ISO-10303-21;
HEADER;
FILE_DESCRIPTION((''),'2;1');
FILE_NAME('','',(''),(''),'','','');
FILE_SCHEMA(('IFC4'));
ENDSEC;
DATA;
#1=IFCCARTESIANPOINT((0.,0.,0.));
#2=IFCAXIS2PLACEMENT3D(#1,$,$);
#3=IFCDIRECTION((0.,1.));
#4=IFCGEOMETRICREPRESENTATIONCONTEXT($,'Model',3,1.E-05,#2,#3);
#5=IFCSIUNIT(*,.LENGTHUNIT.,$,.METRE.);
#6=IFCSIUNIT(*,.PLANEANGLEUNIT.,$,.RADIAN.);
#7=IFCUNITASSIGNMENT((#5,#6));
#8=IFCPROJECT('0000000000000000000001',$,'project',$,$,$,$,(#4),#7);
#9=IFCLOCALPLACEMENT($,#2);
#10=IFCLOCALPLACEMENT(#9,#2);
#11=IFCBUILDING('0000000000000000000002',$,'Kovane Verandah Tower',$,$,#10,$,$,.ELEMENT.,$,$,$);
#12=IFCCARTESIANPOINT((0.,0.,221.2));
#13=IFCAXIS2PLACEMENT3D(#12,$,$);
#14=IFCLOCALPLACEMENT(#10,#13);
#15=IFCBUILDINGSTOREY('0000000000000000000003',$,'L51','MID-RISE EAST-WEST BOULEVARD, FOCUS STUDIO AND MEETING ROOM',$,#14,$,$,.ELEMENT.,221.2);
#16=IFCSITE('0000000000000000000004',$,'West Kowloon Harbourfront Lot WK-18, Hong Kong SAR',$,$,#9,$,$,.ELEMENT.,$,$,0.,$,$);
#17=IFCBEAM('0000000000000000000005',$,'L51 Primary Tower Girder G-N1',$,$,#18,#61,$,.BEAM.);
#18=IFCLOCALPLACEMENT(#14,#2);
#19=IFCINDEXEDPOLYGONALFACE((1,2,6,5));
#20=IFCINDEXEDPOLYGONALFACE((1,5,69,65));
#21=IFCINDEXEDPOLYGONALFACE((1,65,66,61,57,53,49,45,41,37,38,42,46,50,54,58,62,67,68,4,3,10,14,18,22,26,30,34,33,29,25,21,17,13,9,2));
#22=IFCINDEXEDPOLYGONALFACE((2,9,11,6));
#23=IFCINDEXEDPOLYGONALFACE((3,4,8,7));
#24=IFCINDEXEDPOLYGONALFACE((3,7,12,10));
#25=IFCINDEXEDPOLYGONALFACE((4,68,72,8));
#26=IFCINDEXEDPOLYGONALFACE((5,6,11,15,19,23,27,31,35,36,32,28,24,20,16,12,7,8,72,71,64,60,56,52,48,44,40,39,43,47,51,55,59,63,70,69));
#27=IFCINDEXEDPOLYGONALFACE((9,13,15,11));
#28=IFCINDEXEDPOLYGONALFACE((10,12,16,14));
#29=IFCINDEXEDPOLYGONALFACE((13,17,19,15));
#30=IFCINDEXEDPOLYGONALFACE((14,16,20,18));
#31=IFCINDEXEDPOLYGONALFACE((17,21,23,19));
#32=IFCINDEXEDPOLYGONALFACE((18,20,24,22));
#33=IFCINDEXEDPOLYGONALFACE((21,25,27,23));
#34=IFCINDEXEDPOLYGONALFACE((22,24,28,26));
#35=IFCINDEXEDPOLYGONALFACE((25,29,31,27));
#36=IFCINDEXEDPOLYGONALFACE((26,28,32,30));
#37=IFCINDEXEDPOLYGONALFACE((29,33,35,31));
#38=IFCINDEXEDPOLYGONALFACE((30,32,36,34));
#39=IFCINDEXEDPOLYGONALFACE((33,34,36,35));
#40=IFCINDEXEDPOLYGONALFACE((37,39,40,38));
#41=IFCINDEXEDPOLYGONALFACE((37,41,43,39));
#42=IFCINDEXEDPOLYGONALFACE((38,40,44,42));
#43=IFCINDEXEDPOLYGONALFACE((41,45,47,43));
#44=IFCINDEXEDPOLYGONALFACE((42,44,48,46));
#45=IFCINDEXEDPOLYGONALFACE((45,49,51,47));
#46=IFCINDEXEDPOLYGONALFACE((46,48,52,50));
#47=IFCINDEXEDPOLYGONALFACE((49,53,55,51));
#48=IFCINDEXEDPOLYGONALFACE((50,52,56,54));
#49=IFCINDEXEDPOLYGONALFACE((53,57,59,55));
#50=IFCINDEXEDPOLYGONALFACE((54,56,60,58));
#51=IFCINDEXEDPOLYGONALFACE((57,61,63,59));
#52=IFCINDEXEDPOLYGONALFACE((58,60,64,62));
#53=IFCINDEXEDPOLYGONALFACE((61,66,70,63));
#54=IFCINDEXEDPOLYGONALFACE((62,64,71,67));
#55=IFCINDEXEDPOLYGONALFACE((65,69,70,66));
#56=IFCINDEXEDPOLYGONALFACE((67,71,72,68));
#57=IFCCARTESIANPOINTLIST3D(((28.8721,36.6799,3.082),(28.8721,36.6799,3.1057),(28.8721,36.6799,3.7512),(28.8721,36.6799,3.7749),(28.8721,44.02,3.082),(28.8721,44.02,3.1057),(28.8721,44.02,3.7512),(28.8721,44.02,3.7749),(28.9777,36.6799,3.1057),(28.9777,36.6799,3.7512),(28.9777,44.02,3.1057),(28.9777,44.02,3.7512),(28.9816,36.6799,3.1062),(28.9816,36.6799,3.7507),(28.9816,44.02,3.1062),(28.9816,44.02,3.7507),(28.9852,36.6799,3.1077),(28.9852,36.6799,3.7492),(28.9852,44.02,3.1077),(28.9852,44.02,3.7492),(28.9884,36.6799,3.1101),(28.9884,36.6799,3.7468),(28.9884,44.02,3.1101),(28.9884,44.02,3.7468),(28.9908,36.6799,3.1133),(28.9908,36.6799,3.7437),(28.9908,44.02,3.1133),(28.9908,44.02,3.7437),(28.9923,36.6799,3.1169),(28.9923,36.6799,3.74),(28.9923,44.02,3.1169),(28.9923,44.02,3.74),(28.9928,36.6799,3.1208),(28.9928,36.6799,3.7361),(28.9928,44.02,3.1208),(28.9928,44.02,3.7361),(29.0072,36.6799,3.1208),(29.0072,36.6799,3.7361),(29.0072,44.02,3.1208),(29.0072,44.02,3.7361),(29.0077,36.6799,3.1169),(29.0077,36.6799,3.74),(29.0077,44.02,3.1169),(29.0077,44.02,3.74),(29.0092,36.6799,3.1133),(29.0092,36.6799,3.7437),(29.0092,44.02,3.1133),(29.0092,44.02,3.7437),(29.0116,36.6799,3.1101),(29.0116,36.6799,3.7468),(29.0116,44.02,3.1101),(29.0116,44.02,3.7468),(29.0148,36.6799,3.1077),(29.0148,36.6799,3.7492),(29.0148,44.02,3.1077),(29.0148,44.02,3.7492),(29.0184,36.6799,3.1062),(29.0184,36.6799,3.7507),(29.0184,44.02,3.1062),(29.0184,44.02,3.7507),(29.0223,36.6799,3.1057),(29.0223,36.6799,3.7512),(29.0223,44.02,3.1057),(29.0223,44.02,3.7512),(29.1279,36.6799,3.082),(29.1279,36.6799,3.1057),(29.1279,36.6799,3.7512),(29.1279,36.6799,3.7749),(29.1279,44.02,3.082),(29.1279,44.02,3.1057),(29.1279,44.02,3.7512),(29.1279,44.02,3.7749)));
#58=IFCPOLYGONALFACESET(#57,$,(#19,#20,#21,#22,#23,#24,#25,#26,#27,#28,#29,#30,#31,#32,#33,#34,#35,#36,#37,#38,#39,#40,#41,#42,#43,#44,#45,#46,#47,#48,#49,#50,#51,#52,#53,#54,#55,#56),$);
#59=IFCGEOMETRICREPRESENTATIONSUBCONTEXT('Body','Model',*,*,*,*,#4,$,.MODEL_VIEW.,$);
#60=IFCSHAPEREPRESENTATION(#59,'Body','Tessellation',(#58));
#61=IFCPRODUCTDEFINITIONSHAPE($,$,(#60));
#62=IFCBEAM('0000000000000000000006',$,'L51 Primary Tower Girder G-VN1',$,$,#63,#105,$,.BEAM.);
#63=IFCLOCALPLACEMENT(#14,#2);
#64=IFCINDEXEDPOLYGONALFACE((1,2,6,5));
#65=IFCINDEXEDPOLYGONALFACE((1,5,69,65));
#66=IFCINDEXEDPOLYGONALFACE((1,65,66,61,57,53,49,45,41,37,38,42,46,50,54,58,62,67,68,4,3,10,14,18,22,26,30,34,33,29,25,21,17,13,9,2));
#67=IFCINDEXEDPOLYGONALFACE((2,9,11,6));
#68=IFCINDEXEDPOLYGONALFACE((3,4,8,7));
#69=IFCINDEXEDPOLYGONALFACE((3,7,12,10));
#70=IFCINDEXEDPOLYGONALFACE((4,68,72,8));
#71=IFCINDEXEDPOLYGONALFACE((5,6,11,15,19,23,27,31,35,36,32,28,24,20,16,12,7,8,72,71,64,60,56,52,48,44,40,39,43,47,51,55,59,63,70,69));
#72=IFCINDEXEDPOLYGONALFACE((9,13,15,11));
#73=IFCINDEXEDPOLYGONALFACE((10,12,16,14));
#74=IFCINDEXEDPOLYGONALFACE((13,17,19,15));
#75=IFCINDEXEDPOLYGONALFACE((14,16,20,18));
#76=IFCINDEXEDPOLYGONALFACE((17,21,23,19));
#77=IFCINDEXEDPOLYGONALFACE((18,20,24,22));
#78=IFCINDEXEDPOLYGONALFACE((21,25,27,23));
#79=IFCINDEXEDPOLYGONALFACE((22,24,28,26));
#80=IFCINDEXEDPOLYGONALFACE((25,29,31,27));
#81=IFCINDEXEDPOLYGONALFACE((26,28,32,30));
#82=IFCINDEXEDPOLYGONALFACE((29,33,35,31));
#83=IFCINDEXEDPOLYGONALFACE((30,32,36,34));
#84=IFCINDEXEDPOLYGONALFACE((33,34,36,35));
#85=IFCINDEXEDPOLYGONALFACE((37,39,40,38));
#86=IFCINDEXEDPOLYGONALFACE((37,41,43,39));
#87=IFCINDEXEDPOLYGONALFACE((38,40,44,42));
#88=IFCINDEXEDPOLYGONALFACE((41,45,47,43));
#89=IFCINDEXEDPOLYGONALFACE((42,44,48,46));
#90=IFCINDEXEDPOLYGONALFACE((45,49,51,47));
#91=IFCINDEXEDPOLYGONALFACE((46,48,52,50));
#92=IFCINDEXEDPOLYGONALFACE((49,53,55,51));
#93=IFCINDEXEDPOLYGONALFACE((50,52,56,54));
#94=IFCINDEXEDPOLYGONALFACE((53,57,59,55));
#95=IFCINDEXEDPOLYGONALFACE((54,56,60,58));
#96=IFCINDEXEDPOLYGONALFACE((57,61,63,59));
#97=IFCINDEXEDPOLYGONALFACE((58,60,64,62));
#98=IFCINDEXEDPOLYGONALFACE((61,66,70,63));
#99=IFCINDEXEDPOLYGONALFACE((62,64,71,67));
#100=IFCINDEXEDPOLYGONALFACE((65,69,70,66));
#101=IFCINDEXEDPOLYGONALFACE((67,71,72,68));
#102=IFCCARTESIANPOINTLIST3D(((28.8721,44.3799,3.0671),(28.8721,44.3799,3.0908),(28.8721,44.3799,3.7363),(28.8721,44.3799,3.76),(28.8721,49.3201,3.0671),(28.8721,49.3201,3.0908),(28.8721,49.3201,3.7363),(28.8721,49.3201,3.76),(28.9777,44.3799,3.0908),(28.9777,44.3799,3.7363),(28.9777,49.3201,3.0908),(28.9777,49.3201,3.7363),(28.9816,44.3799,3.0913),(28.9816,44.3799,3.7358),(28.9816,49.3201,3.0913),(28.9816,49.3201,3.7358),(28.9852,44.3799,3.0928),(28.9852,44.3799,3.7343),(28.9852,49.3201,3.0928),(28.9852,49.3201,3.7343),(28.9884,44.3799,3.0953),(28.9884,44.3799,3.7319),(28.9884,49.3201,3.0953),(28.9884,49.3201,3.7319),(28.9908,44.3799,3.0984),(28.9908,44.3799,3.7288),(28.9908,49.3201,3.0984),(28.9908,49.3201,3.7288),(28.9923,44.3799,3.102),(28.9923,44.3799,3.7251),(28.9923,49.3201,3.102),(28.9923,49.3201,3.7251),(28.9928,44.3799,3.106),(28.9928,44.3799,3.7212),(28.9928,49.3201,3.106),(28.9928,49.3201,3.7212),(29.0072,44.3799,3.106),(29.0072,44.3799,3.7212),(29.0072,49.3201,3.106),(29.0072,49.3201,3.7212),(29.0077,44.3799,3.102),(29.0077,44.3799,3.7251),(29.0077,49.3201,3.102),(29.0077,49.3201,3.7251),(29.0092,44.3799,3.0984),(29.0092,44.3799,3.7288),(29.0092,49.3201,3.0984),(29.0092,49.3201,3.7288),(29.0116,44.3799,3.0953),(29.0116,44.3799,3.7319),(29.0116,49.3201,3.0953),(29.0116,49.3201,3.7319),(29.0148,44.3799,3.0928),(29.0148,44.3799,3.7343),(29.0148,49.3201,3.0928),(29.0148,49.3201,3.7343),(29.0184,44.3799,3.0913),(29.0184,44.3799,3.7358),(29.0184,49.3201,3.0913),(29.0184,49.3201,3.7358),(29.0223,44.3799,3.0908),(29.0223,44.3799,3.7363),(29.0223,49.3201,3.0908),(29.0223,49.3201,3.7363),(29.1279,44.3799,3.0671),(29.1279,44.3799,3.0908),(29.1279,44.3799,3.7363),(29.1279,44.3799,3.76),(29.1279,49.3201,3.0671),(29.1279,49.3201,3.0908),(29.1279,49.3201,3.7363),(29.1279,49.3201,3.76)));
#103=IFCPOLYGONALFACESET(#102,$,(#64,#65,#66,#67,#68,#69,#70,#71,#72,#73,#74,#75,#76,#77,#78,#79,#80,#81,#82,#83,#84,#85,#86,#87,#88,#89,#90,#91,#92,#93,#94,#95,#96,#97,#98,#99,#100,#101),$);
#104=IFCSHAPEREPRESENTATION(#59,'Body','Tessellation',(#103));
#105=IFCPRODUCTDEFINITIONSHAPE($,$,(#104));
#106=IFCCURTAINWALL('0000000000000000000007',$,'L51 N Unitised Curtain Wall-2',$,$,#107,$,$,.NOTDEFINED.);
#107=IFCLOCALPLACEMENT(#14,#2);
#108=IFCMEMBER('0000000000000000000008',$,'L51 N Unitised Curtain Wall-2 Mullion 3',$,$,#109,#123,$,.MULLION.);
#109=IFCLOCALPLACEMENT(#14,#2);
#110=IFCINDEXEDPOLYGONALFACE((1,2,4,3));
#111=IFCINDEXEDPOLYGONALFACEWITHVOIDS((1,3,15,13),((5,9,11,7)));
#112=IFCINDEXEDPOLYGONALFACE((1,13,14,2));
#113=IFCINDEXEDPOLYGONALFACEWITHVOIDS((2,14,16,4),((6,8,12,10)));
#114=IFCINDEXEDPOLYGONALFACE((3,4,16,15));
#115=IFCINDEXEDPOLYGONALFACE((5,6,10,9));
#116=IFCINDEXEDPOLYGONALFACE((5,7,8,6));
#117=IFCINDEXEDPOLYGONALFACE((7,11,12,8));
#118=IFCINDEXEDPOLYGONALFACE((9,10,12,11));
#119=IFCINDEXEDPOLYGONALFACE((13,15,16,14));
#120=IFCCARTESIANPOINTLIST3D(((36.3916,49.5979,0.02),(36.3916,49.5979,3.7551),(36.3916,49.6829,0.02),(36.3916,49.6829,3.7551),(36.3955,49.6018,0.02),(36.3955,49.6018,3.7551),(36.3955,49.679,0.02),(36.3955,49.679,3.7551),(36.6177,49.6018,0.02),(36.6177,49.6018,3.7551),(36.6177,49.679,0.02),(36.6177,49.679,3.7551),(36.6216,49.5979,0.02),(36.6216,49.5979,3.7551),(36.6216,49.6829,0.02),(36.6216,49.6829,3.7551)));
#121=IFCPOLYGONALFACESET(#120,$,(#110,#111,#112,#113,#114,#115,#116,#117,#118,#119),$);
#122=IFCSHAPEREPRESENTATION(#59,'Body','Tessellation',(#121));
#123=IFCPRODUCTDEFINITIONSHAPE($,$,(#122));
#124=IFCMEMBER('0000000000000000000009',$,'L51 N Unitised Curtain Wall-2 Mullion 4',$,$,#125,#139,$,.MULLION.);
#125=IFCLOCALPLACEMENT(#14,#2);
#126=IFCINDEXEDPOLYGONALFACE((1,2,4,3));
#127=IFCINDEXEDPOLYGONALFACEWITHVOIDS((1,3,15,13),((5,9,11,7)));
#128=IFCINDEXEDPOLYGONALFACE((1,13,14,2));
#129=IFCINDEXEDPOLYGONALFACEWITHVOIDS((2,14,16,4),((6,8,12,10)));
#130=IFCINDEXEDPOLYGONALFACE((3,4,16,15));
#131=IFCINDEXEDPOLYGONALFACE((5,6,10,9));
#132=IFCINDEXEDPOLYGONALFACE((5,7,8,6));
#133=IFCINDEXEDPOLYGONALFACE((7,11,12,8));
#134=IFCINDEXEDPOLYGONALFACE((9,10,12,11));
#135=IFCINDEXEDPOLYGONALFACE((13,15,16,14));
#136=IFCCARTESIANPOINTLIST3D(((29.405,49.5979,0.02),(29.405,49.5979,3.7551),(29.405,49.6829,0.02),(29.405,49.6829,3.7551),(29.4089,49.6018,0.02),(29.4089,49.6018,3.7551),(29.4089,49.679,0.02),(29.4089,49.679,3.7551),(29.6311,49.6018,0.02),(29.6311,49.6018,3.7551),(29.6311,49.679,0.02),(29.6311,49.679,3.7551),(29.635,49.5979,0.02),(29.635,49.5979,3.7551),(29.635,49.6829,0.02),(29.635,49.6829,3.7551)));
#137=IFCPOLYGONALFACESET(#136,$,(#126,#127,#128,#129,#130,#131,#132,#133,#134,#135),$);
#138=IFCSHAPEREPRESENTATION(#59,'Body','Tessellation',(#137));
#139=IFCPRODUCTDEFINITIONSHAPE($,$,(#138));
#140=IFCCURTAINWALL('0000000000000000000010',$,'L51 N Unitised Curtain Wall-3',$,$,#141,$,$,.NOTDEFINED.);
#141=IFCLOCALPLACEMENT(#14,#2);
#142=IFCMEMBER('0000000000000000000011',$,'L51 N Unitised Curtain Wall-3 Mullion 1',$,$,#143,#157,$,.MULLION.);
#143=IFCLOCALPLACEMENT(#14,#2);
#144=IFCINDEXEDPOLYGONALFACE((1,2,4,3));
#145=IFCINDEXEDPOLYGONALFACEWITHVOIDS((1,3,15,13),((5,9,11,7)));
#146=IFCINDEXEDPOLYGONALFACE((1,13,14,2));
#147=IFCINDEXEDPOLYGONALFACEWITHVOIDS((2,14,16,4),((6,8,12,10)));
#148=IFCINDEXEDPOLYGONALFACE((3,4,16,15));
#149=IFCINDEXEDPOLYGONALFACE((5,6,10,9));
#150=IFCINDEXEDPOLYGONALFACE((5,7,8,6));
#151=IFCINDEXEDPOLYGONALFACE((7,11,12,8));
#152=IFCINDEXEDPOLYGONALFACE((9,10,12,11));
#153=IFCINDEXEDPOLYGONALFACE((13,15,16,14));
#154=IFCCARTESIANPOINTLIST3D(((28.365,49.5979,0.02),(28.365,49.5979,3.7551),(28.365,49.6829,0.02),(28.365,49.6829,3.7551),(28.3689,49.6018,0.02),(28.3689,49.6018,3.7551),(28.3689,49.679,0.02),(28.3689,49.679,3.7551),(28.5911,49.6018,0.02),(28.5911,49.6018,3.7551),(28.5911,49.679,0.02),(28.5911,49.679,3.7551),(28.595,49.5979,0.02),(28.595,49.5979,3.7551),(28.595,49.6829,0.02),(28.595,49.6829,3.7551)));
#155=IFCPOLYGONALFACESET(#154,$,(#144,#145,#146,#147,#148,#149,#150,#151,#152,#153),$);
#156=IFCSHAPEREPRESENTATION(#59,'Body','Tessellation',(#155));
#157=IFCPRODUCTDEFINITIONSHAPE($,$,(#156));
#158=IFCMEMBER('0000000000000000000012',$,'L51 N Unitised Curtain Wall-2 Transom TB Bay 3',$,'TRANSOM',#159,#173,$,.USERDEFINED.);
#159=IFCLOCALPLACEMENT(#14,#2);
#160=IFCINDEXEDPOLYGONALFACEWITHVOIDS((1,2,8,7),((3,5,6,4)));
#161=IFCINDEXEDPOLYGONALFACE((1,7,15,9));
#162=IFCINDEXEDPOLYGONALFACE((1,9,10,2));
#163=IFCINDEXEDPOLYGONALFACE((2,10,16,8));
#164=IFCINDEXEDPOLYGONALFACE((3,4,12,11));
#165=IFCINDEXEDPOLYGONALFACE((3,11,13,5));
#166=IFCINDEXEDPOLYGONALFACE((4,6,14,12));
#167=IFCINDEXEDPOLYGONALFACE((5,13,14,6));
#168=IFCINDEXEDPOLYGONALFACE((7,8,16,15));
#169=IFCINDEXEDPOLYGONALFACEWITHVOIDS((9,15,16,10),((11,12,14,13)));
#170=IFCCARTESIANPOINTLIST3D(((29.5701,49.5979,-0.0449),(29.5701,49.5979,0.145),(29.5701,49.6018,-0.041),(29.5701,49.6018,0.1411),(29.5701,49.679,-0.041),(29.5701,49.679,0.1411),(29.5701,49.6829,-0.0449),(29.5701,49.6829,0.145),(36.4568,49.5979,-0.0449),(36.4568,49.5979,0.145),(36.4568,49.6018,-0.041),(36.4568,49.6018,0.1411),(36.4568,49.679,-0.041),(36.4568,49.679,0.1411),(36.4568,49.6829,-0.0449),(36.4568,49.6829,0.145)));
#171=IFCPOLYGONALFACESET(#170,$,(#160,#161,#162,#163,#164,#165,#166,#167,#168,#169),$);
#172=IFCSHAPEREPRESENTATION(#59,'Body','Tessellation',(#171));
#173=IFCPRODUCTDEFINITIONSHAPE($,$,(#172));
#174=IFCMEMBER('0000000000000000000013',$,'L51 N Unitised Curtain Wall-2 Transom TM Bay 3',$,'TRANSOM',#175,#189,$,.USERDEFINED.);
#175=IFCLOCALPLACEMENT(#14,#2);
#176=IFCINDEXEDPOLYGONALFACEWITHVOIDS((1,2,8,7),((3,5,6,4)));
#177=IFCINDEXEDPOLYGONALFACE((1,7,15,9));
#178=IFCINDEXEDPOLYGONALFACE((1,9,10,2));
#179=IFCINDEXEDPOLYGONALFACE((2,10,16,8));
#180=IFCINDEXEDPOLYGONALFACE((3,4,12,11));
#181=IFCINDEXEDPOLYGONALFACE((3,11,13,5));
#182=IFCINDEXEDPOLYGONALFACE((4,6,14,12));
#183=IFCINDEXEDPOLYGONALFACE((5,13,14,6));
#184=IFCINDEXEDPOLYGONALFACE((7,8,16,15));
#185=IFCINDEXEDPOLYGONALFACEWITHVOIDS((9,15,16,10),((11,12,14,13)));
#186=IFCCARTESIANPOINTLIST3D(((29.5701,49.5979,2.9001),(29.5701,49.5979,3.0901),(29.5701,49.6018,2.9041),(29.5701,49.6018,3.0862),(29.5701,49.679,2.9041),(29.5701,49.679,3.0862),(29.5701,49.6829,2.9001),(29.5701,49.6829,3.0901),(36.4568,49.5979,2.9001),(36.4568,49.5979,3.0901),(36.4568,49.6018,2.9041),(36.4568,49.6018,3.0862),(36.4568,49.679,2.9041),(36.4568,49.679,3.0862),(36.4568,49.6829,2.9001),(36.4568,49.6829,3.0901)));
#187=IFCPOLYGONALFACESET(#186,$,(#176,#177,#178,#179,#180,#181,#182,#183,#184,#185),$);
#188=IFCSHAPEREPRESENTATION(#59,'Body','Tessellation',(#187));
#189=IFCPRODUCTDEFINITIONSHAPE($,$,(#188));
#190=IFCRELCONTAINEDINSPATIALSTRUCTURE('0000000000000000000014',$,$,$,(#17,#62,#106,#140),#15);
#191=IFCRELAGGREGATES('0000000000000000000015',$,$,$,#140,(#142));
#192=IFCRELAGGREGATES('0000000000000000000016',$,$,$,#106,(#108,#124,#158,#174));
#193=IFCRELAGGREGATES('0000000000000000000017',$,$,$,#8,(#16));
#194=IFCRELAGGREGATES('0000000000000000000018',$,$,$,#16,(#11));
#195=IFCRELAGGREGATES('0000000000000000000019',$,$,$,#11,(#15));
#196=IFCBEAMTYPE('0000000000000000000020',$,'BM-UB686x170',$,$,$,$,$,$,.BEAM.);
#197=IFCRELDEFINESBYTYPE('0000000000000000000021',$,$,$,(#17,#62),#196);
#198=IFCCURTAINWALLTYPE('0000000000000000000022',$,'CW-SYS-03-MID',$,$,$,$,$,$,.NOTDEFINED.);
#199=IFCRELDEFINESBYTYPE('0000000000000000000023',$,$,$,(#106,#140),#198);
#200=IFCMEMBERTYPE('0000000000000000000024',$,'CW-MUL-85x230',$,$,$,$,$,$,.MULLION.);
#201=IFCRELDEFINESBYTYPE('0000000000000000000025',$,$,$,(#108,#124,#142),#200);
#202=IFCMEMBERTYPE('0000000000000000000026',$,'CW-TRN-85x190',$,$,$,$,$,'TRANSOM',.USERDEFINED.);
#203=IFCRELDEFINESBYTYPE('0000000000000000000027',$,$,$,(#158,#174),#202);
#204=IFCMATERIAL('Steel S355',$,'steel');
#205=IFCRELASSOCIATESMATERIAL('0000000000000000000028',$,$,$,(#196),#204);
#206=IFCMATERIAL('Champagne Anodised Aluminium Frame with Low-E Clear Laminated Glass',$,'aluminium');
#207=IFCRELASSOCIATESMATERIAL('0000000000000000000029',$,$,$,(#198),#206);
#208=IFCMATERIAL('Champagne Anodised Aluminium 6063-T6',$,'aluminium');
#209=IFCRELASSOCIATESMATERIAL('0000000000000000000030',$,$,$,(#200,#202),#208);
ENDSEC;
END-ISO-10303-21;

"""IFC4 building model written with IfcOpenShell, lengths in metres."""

from ifc_helpers import new_model, si_unit, direction, frame, origin, origin_2d, place, context, subcontext, project, spatial, hollow_rectangle, i_section, extrude, material, material_profile, profile_set, type_object, element, aggregate, save


model = new_model("IFC4")

# Units and contexts
model_context = context("Model", 3, precision=1e-05, world=origin(), true_north=direction((0.0, 1.0)))
body_context = subcontext(model_context, "Body", "Model", "MODEL_VIEW")
ifc_project = project(units=[si_unit("LENGTHUNIT", "METRE"), si_unit("PLANEANGLEUNIT", "RADIAN")], contexts=[model_context])

# Site, building, storey
site_placement = place(None, origin())
site = spatial("IfcSite", under=ifc_project, at=site_placement, Name="West Kowloon Harbourfront Lot WK-18, Hong Kong SAR", CompositionType="ELEMENT", RefElevation=0.0)
building_placement = place(site_placement, origin())
building = spatial("IfcBuilding", under=site, at=building_placement, Name="Kovane Verandah Tower", CompositionType="ELEMENT")
storey_placement = place(building_placement, frame((0.0, 0.0, 221.2)))
storey = spatial("IfcBuildingStorey", under=building, at=storey_placement, Name="L51", Description="MID-RISE EAST-WEST BOULEVARD, FOCUS STUDIO AND MEETING ROOM", CompositionType="ELEMENT", Elevation=221.2)

# Beams
ifc_material_1 = material(Name="Steel S355", Category="steel")
ifc_material_profile_1 = material_profile(ifc_material_1, i_section(OverallWidth=0.2559, OverallDepth=0.6929, WebThickness=0.0144, FlangeThickness=0.0237, FilletRadius=0.0151, at=origin_2d()), Name="UB686x254x170")
ifc_profile_set_1 = profile_set([ifc_material_profile_1], Name="Steel S355")
beam_type_1 = type_object("IfcBeamType", Name="BM-UB686x170", PredefinedType="BEAM", material=ifc_profile_set_1)
beam_1_placement = place(storey_placement, frame((29.0, 36.6799, 3.4285), z_axis=(0.0, 1.0, 0.0), x_axis=(-1.0, 0.0, 0.0)))
element("IfcBeam", 1, at=beam_1_placement, inside=storey, type_object=beam_type_1, Name="L51 Primary Tower Girder G-N1", PredefinedType="BEAM", context=body_context, shape_type="SweptSolid", body=[
    extrude(i_section(OverallWidth=0.2559, OverallDepth=0.6929, WebThickness=0.0144, FlangeThickness=0.0237, FilletRadius=0.0151, at=origin_2d()), origin(), (0.0, 0.0, 1.0), 7.3401),
])
beam_2_placement = place(storey_placement, frame((29.0, 44.3799, 3.4136), z_axis=(0.0, 1.0, 0.0), x_axis=(-1.0, 0.0, 0.0)))
element("IfcBeam", 2, at=beam_2_placement, inside=storey, type_object=beam_type_1, Name="L51 Primary Tower Girder G-VN1", PredefinedType="BEAM", context=body_context, shape_type="SweptSolid", body=[
    extrude(i_section(OverallWidth=0.2559, OverallDepth=0.6929, WebThickness=0.0144, FlangeThickness=0.0237, FilletRadius=0.0151, at=origin_2d()), origin(), (0.0, 0.0, 1.0), 4.9402),
])

# Curtain wall, members
ifc_material_2 = material(Name="Champagne Anodised Aluminium Frame with Low-E Clear Laminated Glass", Category="aluminium")
curtain_wall_type = type_object("IfcCurtainWallType", Name="CW-SYS-03-MID", PredefinedType="NOTDEFINED", material=ifc_material_2)
curtain_wall_1_placement = place(storey_placement, origin())
curtain_wall_1 = element("IfcCurtainWall", 3, at=curtain_wall_1_placement, inside=storey, type_object=curtain_wall_type, Name="L51 N Unitised Curtain Wall-2", PredefinedType="NOTDEFINED")
ifc_material_3 = material(Name="Champagne Anodised Aluminium 6063-T6", Category="aluminium")
ifc_material_profile_2 = material_profile(ifc_material_3, hollow_rectangle(XDim=0.085, YDim=0.23, WallThickness=0.0039, at=origin_2d()), Name="AL85x230x4")
ifc_profile_set_2 = profile_set([ifc_material_profile_2], Name="Champagne Anodised Aluminium 6063-T6")
member_type_1 = type_object("IfcMemberType", Name="CW-MUL-85x230", PredefinedType="MULLION", material=ifc_profile_set_2)
member_1_placement = place(storey_placement, frame((36.5066, 49.6404, 0.02), z_axis=(0.0, 0.0, 1.0), x_axis=(0.0, 1.0, 0.0)))
member_1 = element("IfcMember", 4, at=member_1_placement, type_object=member_type_1, Name="L51 N Unitised Curtain Wall-2 Mullion 3", PredefinedType="MULLION", context=body_context, shape_type="SweptSolid", body=[
    extrude(hollow_rectangle(XDim=0.085, YDim=0.23, WallThickness=0.0039, at=origin_2d()), origin(), (0.0, 0.0, 1.0), 3.7351),
])
member_2_placement = place(storey_placement, frame((29.52, 49.6404, 0.02), z_axis=(0.0, 0.0, 1.0), x_axis=(0.0, 1.0, 0.0)))
member_2 = element("IfcMember", 5, at=member_2_placement, type_object=member_type_1, Name="L51 N Unitised Curtain Wall-2 Mullion 4", PredefinedType="MULLION", context=body_context, shape_type="SweptSolid", body=[
    extrude(hollow_rectangle(XDim=0.085, YDim=0.23, WallThickness=0.0039, at=origin_2d()), origin(), (0.0, 0.0, 1.0), 3.7351),
])

# Curtain wall, member
curtain_wall_2_placement = place(storey_placement, origin())
curtain_wall_2 = element("IfcCurtainWall", 6, at=curtain_wall_2_placement, inside=storey, type_object=curtain_wall_type, Name="L51 N Unitised Curtain Wall-3", PredefinedType="NOTDEFINED")
member_3_placement = place(storey_placement, frame((28.48, 49.6404, 0.02), z_axis=(0.0, 0.0, 1.0), x_axis=(0.0, 1.0, 0.0)))
member_3 = element("IfcMember", 7, at=member_3_placement, type_object=member_type_1, Name="L51 N Unitised Curtain Wall-3 Mullion 1", PredefinedType="MULLION", context=body_context, shape_type="SweptSolid", body=[
    extrude(hollow_rectangle(XDim=0.085, YDim=0.23, WallThickness=0.0039, at=origin_2d()), origin(), (0.0, 0.0, 1.0), 3.7351),
])
aggregate(curtain_wall_2, [member_3])

# Members
ifc_material_profile_3 = material_profile(ifc_material_3, hollow_rectangle(XDim=0.085, YDim=0.1899, WallThickness=0.0039, at=origin_2d()), Name="AL85x190x4")
ifc_profile_set_3 = profile_set([ifc_material_profile_3], Name="Champagne Anodised Aluminium 6063-T6")
member_type_2 = type_object("IfcMemberType", Name="CW-TRN-85x190", ElementType="TRANSOM", PredefinedType="USERDEFINED", material=ifc_profile_set_3)
member_4_placement = place(storey_placement, frame((36.4568, 49.6404, 0.05), z_axis=(-1.0, 0.0, 0.0), x_axis=(0.0, -1.0, 0.0)))
member_4 = element("IfcMember", 8, at=member_4_placement, type_object=member_type_2, Name="L51 N Unitised Curtain Wall-2 Transom TB Bay 3", ObjectType="TRANSOM", PredefinedType="USERDEFINED", context=body_context, shape_type="SweptSolid", body=[
    extrude(hollow_rectangle(XDim=0.085, YDim=0.1899, WallThickness=0.0039, at=origin_2d()), origin(), (0.0, 0.0, 1.0), 6.8867),
])
member_5_placement = place(storey_placement, frame((36.4568, 49.6404, 2.9951), z_axis=(-1.0, 0.0, 0.0), x_axis=(0.0, -1.0, 0.0)))
member_5 = element("IfcMember", 9, at=member_5_placement, type_object=member_type_2, Name="L51 N Unitised Curtain Wall-2 Transom TM Bay 3", ObjectType="TRANSOM", PredefinedType="USERDEFINED", context=body_context, shape_type="SweptSolid", body=[
    extrude(hollow_rectangle(XDim=0.085, YDim=0.1899, WallThickness=0.0039, at=origin_2d()), origin(), (0.0, 0.0, 1.0), 6.8867),
])

aggregate(curtain_wall_1, [member_1, member_2, member_4, member_5])

save(model, "model.ifc")
